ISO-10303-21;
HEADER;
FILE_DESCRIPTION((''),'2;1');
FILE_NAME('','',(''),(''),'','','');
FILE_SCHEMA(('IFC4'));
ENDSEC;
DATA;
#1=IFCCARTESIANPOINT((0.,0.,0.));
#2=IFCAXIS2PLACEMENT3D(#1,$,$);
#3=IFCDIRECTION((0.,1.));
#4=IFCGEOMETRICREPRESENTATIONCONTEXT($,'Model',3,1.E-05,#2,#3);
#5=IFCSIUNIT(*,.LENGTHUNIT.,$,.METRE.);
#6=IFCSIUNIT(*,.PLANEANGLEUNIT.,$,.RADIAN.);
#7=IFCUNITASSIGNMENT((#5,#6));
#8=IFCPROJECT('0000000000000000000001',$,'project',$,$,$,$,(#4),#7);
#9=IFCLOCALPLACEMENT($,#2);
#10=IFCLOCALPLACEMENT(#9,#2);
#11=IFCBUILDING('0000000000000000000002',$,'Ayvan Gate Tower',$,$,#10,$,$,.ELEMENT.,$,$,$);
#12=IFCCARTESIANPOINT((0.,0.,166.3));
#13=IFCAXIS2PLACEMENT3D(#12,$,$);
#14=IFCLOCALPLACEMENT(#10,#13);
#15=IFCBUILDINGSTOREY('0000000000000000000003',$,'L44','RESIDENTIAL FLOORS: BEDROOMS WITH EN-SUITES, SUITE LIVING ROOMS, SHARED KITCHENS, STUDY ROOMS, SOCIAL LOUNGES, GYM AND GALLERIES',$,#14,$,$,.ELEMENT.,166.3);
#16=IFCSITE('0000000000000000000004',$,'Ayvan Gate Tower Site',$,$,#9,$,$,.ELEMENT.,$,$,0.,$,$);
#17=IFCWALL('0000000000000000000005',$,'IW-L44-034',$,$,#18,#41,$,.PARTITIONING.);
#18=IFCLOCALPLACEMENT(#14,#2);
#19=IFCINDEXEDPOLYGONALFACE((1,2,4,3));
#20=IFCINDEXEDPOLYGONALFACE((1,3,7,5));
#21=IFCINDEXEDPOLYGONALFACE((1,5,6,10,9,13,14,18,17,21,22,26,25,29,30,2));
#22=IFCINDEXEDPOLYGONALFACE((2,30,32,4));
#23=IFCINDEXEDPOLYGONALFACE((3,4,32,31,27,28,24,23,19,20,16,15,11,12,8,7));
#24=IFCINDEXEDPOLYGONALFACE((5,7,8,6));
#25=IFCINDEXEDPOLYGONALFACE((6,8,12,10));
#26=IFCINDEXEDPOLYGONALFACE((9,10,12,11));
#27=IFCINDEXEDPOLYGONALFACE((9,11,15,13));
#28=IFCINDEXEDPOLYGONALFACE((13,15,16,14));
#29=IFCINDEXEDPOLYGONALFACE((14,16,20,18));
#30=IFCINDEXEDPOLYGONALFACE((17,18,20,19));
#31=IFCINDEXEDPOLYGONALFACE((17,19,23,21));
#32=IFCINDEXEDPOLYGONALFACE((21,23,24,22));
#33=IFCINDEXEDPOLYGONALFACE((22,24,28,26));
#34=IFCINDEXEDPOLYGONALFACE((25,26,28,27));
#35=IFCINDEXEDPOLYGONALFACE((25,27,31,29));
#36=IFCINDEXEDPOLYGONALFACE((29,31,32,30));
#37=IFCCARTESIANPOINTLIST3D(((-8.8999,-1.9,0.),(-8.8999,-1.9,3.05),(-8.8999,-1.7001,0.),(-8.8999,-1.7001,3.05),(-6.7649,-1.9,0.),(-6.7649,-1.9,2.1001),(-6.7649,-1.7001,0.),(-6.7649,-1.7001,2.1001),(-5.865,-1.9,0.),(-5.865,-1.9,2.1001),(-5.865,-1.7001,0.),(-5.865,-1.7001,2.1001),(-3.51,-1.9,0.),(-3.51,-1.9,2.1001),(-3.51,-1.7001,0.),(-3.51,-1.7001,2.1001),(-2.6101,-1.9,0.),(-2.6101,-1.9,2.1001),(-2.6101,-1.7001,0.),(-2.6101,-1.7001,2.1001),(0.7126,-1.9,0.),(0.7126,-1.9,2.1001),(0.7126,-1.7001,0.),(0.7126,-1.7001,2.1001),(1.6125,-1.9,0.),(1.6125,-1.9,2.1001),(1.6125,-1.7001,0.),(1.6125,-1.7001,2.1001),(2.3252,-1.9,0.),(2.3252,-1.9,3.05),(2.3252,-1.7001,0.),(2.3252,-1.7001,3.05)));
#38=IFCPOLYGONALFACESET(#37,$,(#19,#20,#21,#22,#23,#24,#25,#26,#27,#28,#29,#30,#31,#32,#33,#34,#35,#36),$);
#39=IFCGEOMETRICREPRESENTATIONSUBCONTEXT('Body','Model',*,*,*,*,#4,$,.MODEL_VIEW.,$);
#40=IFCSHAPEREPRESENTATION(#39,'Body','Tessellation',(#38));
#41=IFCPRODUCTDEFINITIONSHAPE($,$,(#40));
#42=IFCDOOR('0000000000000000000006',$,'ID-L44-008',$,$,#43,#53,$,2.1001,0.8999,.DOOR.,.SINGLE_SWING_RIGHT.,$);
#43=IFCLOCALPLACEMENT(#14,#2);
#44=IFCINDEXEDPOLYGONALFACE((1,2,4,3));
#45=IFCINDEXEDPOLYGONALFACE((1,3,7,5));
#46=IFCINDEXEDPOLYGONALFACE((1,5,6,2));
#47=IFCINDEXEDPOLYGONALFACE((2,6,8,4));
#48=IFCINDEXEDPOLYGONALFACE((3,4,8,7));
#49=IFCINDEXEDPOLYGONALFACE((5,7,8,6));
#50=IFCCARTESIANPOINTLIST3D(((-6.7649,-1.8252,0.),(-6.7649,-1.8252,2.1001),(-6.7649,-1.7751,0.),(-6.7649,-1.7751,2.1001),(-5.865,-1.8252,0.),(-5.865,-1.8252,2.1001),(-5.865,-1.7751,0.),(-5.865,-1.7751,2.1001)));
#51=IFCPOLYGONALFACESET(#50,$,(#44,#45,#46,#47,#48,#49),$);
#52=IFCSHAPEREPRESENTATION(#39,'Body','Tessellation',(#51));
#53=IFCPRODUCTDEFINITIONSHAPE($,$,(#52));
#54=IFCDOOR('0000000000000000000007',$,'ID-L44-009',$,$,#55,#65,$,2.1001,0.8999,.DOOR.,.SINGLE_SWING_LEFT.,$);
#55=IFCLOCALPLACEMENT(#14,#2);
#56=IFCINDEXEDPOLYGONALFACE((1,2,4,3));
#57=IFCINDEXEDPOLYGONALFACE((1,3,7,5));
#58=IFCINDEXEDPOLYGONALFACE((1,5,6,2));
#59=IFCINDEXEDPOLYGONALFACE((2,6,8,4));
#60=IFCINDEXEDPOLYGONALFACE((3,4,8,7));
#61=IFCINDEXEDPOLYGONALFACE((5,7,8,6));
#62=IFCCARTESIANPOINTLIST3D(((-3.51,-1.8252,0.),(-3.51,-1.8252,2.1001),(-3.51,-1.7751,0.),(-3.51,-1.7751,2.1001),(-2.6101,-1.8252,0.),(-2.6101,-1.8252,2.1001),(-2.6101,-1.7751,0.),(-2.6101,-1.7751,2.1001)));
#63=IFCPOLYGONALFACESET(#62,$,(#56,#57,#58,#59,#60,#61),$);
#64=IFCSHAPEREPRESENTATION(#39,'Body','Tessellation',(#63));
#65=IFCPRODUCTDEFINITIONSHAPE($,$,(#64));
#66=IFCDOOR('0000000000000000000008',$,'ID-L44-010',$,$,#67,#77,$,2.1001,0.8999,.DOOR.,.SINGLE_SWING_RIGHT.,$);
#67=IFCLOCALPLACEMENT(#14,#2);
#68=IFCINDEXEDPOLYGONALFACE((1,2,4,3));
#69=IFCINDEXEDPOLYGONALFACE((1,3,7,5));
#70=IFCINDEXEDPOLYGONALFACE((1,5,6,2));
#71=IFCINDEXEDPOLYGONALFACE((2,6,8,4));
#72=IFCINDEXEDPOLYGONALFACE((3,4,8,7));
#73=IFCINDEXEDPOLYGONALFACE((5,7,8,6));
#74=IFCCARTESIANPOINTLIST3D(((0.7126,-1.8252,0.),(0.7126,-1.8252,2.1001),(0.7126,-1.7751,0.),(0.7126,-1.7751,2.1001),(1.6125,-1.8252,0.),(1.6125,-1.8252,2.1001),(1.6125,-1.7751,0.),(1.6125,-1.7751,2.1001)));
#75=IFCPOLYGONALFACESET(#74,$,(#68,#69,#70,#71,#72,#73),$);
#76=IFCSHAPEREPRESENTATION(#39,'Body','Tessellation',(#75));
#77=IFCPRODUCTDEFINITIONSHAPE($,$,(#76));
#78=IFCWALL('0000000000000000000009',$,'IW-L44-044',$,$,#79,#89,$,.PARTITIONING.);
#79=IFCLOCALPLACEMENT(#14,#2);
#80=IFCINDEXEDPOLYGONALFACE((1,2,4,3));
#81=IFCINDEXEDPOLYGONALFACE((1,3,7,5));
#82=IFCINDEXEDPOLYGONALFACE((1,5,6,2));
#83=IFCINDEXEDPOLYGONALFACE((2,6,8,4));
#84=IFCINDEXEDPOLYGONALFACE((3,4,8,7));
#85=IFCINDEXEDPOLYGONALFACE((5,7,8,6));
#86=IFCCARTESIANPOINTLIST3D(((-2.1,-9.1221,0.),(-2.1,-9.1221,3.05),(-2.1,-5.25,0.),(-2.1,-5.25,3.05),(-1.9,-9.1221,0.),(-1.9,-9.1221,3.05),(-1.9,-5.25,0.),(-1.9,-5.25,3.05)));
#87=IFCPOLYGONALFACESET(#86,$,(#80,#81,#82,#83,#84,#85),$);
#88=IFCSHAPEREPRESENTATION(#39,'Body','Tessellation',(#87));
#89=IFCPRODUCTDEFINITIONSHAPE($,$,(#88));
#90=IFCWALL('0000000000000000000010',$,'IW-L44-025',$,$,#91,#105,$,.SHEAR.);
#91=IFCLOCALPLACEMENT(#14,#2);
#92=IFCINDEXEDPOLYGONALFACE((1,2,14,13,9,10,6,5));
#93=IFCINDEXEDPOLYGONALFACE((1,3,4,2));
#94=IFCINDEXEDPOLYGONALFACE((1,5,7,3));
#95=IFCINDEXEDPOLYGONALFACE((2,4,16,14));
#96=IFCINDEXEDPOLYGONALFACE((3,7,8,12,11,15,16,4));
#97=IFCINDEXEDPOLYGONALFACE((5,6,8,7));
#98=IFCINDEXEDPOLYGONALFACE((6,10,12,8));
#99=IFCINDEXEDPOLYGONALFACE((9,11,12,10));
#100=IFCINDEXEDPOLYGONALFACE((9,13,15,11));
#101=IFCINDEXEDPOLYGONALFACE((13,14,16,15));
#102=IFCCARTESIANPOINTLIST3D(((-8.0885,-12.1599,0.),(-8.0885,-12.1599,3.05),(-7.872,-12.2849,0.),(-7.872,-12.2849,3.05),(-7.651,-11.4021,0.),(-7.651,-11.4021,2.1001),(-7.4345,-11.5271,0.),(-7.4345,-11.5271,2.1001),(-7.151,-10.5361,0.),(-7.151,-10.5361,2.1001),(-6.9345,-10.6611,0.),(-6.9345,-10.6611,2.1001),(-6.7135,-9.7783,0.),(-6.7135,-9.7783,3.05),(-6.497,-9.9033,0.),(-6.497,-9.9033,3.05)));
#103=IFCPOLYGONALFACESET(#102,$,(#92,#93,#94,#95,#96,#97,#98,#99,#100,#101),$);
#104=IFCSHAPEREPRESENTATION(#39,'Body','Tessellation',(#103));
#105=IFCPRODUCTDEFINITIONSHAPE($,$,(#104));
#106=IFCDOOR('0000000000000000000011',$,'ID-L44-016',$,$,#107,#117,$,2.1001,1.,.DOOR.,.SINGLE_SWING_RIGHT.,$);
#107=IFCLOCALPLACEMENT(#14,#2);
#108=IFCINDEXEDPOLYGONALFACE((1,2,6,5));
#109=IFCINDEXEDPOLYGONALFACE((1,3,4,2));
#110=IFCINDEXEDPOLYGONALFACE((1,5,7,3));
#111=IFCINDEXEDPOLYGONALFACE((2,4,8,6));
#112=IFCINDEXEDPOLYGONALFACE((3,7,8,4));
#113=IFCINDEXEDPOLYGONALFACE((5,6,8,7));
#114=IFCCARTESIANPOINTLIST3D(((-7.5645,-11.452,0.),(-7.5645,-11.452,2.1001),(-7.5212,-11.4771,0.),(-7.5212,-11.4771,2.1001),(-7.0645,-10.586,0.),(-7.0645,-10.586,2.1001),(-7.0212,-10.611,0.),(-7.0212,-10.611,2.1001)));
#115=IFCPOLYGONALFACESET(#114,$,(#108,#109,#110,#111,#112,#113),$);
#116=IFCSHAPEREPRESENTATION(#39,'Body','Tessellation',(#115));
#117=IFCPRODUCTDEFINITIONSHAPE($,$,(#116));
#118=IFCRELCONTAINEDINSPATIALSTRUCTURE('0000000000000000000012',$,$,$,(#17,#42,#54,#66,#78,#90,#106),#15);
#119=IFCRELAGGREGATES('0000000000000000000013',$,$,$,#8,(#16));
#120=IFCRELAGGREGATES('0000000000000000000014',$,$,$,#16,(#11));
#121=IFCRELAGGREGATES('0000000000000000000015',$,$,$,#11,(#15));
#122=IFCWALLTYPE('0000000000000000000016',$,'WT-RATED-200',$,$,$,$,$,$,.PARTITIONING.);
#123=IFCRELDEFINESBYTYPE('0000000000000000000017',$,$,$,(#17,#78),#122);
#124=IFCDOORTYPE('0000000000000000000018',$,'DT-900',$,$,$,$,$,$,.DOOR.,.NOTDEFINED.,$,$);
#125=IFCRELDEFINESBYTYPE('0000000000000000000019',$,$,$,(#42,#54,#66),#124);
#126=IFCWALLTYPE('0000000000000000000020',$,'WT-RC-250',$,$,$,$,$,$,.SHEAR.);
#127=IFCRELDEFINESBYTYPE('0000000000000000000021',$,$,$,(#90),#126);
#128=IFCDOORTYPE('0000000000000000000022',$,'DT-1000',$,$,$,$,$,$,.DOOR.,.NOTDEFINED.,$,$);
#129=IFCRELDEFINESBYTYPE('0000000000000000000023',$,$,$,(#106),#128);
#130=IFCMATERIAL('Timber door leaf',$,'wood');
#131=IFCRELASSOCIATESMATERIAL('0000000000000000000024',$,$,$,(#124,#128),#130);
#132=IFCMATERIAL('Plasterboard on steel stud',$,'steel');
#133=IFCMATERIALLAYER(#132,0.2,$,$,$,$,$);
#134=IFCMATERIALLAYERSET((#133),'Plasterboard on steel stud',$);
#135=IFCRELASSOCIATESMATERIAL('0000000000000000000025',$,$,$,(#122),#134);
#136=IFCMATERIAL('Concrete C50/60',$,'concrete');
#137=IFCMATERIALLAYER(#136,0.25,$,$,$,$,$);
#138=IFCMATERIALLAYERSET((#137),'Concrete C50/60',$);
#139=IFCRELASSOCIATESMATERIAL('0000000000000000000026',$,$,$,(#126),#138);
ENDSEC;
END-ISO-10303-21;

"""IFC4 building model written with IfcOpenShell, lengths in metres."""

from ifc_helpers import new_model, si_unit, direction, frame, frame_2d, origin, place, context, subcontext, project, spatial, rectangle, extrude, material, layer, layer_set, type_object, element, fill, save


model = new_model("IFC4")

# Units and contexts
model_context = context("Model", 3, precision=1e-05, world=origin(), true_north=direction((0.0, 1.0)))
body_context = subcontext(model_context, "Body", "Model", "MODEL_VIEW")
ifc_project = project(units=[si_unit("LENGTHUNIT", "METRE"), si_unit("PLANEANGLEUNIT", "RADIAN")], contexts=[model_context])

# Site, building, storey
site_placement = place(None, origin())
site = spatial("IfcSite", under=ifc_project, at=site_placement, Name="Ayvan Gate Tower Site", CompositionType="ELEMENT", RefElevation=0.0)
building_placement = place(site_placement, origin())
building = spatial("IfcBuilding", under=site, at=building_placement, Name="Ayvan Gate Tower", CompositionType="ELEMENT")
storey_placement = place(building_placement, frame((0.0, 0.0, 166.3)))
storey = spatial("IfcBuildingStorey", under=building, at=storey_placement, Name="L44", Description="RESIDENTIAL FLOORS: BEDROOMS WITH EN-SUITES, SUITE LIVING ROOMS, SHARED KITCHENS, STUDY ROOMS, SOCIAL LOUNGES, GYM AND GALLERIES", CompositionType="ELEMENT", Elevation=166.3)

# Shared definitions
ifc_material_1 = material(Name="Timber door leaf", Category="wood")
door_type_1 = type_object("IfcDoorType", Name="DT-900", OperationType="NOTDEFINED", PredefinedType="DOOR", material=ifc_material_1)

# Shared definitions
ifc_material_2 = material(Name="Plasterboard on steel stud", Category="steel")
ifc_layer_1 = layer(ifc_material_2, 0.2)
ifc_layer_set_1 = layer_set([ifc_layer_1], Name="Plasterboard on steel stud")
wall_type_1 = type_object("IfcWallType", Name="WT-RATED-200", PredefinedType="PARTITIONING", material=ifc_layer_set_1)

# Wall, openings, doors
wall_1_placement = place(storey_placement, frame((-8.8999, -1.8, 0.0), z_axis=(0.0, 0.0, 1.0), x_axis=(1.0, 0.0, 0.0)))
wall_1 = element("IfcWall", 1, at=wall_1_placement, inside=storey, type_object=wall_type_1, Name="IW-L44-034", PredefinedType="PARTITIONING", context=body_context, shape_type="SweptSolid", body=[
    extrude(rectangle(XDim=11.2251, YDim=0.2, at=frame_2d((5.6125, 0.0))), origin(), (0.0, 0.0, 1.0), 3.05),
])
opening_1_placement = place(wall_1_placement, frame((2.135, 0.0, 0.0)))
opening_1 = element("IfcOpeningElement", 2, at=opening_1_placement, cuts=wall_1, PredefinedType="OPENING", context=body_context, shape_type="SweptSolid", body=[
    extrude(rectangle(XDim=0.8999, YDim=2.1001, at=frame_2d((0.45, 1.05))), frame((0.0, 0.1099, 0.0), z_axis=(0.0, -1.0, 0.0), x_axis=(1.0, 0.0, 0.0)), (0.0, 0.0, 1.0), 0.22),
])
opening_2_placement = place(wall_1_placement, frame((5.3899, 0.0, 0.0)))
opening_2 = element("IfcOpeningElement", 3, at=opening_2_placement, cuts=wall_1, PredefinedType="OPENING", context=body_context, shape_type="SweptSolid", body=[
    extrude(rectangle(XDim=0.8999, YDim=2.1001, at=frame_2d((0.45, 1.05))), frame((0.0, 0.1099, 0.0), z_axis=(0.0, -1.0, 0.0), x_axis=(1.0, 0.0, 0.0)), (0.0, 0.0, 1.0), 0.22),
])
opening_3_placement = place(wall_1_placement, frame((9.6125, 0.0, 0.0)))
opening_3 = element("IfcOpeningElement", 4, at=opening_3_placement, cuts=wall_1, PredefinedType="OPENING", context=body_context, shape_type="SweptSolid", body=[
    extrude(rectangle(XDim=0.8999, YDim=2.1001, at=frame_2d((0.45, 1.05))), frame((0.0, 0.1099, 0.0), z_axis=(0.0, -1.0, 0.0), x_axis=(1.0, 0.0, 0.0)), (0.0, 0.0, 1.0), 0.22),
])
door_1_placement = place(opening_1_placement, origin())
door_1 = element("IfcDoor", 5, at=door_1_placement, inside=storey, type_object=door_type_1, Name="ID-L44-008", OperationType="SINGLE_SWING_RIGHT", OverallHeight=2.1001, OverallWidth=0.8999, PredefinedType="DOOR", context=body_context, shape_type="SweptSolid", body=[
    extrude(rectangle(XDim=0.8999, YDim=2.1001, at=frame_2d((0.45, 1.05))), frame((0.0, 0.0249, 0.0), z_axis=(0.0, -1.0, 0.0), x_axis=(1.0, 0.0, 0.0)), (0.0, 0.0, 1.0), 0.05),
])
fill(opening_1, door_1)
door_2_placement = place(opening_2_placement, origin())
door_2 = element("IfcDoor", 6, at=door_2_placement, inside=storey, type_object=door_type_1, Name="ID-L44-009", OperationType="SINGLE_SWING_LEFT", OverallHeight=2.1001, OverallWidth=0.8999, PredefinedType="DOOR", context=body_context, shape_type="SweptSolid", body=[
    extrude(rectangle(XDim=0.8999, YDim=2.1001, at=frame_2d((0.45, 1.05))), frame((0.0, 0.0249, 0.0), z_axis=(0.0, -1.0, 0.0), x_axis=(1.0, 0.0, 0.0)), (0.0, 0.0, 1.0), 0.05),
])
fill(opening_2, door_2)
door_3_placement = place(opening_3_placement, origin())
door_3 = element("IfcDoor", 7, at=door_3_placement, inside=storey, type_object=door_type_1, Name="ID-L44-010", OperationType="SINGLE_SWING_RIGHT", OverallHeight=2.1001, OverallWidth=0.8999, PredefinedType="DOOR", context=body_context, shape_type="SweptSolid", body=[
    extrude(rectangle(XDim=0.8999, YDim=2.1001, at=frame_2d((0.45, 1.05))), frame((0.0, 0.0249, 0.0), z_axis=(0.0, -1.0, 0.0), x_axis=(1.0, 0.0, 0.0)), (0.0, 0.0, 1.0), 0.05),
])
fill(opening_3, door_3)

# Wall
wall_2_placement = place(storey_placement, frame((-2.0, -5.25, 0.0), z_axis=(0.0, 0.0, 1.0), x_axis=(0.0, -1.0, 0.0)))
element("IfcWall", 8, at=wall_2_placement, inside=storey, type_object=wall_type_1, Name="IW-L44-044", PredefinedType="PARTITIONING", context=body_context, shape_type="SweptSolid", body=[
    extrude(rectangle(XDim=3.8721, YDim=0.2, at=frame_2d((1.936, 0.0))), origin(), (0.0, 0.0, 1.0), 3.05),
])

# Wall, opening, door
ifc_material_3 = material(Name="Concrete C50/60", Category="concrete")
ifc_layer_2 = layer(ifc_material_3, 0.25)
ifc_layer_set_2 = layer_set([ifc_layer_2], Name="Concrete C50/60")
wall_type_2 = type_object("IfcWallType", Name="WT-RC-250", PredefinedType="SHEAR", material=ifc_layer_set_2)
wall_3_placement = place(storey_placement, frame((-6.6052, -9.8408, 0.0), z_axis=(0.0, 0.0, 1.0), x_axis=(-0.499997, -0.866027, 0.0)))
wall_3 = element("IfcWall", 9, at=wall_3_placement, inside=storey, type_object=wall_type_2, Name="IW-L44-025", PredefinedType="SHEAR", context=body_context, shape_type="SweptSolid", body=[
    extrude(rectangle(XDim=2.75, YDim=0.25, at=frame_2d((1.375, 0.0))), origin(), (0.0, 0.0, 1.0), 3.05),
])
opening_4_placement = place(wall_3_placement, frame((0.875, 0.0, 0.0)))
opening_4 = element("IfcOpeningElement", 10, at=opening_4_placement, cuts=wall_3, PredefinedType="OPENING", context=body_context, shape_type="SweptSolid", body=[
    extrude(rectangle(XDim=1.0, YDim=2.1001, at=frame_2d((0.5, 1.05))), frame((0.0, 0.135, 0.0), z_axis=(0.0, -1.0, 0.0), x_axis=(1.0, 0.0, 0.0)), (0.0, 0.0, 1.0), 0.27),
])
door_type_2 = type_object("IfcDoorType", Name="DT-1000", OperationType="NOTDEFINED", PredefinedType="DOOR", material=ifc_material_1)
door_4_placement = place(opening_4_placement, origin())
door_4 = element("IfcDoor", 11, at=door_4_placement, inside=storey, type_object=door_type_2, Name="ID-L44-016", OperationType="SINGLE_SWING_RIGHT", OverallHeight=2.1001, OverallWidth=1.0, PredefinedType="DOOR", context=body_context, shape_type="SweptSolid", body=[
    extrude(rectangle(XDim=1.0, YDim=2.1001, at=frame_2d((0.5, 1.05))), frame((0.0, 0.0249, 0.0), z_axis=(0.0, -1.0, 0.0), x_axis=(1.0, 0.0, 0.0)), (0.0, 0.0, 1.0), 0.05),
])
fill(opening_4, door_4)

save(model, "model.ifc")
